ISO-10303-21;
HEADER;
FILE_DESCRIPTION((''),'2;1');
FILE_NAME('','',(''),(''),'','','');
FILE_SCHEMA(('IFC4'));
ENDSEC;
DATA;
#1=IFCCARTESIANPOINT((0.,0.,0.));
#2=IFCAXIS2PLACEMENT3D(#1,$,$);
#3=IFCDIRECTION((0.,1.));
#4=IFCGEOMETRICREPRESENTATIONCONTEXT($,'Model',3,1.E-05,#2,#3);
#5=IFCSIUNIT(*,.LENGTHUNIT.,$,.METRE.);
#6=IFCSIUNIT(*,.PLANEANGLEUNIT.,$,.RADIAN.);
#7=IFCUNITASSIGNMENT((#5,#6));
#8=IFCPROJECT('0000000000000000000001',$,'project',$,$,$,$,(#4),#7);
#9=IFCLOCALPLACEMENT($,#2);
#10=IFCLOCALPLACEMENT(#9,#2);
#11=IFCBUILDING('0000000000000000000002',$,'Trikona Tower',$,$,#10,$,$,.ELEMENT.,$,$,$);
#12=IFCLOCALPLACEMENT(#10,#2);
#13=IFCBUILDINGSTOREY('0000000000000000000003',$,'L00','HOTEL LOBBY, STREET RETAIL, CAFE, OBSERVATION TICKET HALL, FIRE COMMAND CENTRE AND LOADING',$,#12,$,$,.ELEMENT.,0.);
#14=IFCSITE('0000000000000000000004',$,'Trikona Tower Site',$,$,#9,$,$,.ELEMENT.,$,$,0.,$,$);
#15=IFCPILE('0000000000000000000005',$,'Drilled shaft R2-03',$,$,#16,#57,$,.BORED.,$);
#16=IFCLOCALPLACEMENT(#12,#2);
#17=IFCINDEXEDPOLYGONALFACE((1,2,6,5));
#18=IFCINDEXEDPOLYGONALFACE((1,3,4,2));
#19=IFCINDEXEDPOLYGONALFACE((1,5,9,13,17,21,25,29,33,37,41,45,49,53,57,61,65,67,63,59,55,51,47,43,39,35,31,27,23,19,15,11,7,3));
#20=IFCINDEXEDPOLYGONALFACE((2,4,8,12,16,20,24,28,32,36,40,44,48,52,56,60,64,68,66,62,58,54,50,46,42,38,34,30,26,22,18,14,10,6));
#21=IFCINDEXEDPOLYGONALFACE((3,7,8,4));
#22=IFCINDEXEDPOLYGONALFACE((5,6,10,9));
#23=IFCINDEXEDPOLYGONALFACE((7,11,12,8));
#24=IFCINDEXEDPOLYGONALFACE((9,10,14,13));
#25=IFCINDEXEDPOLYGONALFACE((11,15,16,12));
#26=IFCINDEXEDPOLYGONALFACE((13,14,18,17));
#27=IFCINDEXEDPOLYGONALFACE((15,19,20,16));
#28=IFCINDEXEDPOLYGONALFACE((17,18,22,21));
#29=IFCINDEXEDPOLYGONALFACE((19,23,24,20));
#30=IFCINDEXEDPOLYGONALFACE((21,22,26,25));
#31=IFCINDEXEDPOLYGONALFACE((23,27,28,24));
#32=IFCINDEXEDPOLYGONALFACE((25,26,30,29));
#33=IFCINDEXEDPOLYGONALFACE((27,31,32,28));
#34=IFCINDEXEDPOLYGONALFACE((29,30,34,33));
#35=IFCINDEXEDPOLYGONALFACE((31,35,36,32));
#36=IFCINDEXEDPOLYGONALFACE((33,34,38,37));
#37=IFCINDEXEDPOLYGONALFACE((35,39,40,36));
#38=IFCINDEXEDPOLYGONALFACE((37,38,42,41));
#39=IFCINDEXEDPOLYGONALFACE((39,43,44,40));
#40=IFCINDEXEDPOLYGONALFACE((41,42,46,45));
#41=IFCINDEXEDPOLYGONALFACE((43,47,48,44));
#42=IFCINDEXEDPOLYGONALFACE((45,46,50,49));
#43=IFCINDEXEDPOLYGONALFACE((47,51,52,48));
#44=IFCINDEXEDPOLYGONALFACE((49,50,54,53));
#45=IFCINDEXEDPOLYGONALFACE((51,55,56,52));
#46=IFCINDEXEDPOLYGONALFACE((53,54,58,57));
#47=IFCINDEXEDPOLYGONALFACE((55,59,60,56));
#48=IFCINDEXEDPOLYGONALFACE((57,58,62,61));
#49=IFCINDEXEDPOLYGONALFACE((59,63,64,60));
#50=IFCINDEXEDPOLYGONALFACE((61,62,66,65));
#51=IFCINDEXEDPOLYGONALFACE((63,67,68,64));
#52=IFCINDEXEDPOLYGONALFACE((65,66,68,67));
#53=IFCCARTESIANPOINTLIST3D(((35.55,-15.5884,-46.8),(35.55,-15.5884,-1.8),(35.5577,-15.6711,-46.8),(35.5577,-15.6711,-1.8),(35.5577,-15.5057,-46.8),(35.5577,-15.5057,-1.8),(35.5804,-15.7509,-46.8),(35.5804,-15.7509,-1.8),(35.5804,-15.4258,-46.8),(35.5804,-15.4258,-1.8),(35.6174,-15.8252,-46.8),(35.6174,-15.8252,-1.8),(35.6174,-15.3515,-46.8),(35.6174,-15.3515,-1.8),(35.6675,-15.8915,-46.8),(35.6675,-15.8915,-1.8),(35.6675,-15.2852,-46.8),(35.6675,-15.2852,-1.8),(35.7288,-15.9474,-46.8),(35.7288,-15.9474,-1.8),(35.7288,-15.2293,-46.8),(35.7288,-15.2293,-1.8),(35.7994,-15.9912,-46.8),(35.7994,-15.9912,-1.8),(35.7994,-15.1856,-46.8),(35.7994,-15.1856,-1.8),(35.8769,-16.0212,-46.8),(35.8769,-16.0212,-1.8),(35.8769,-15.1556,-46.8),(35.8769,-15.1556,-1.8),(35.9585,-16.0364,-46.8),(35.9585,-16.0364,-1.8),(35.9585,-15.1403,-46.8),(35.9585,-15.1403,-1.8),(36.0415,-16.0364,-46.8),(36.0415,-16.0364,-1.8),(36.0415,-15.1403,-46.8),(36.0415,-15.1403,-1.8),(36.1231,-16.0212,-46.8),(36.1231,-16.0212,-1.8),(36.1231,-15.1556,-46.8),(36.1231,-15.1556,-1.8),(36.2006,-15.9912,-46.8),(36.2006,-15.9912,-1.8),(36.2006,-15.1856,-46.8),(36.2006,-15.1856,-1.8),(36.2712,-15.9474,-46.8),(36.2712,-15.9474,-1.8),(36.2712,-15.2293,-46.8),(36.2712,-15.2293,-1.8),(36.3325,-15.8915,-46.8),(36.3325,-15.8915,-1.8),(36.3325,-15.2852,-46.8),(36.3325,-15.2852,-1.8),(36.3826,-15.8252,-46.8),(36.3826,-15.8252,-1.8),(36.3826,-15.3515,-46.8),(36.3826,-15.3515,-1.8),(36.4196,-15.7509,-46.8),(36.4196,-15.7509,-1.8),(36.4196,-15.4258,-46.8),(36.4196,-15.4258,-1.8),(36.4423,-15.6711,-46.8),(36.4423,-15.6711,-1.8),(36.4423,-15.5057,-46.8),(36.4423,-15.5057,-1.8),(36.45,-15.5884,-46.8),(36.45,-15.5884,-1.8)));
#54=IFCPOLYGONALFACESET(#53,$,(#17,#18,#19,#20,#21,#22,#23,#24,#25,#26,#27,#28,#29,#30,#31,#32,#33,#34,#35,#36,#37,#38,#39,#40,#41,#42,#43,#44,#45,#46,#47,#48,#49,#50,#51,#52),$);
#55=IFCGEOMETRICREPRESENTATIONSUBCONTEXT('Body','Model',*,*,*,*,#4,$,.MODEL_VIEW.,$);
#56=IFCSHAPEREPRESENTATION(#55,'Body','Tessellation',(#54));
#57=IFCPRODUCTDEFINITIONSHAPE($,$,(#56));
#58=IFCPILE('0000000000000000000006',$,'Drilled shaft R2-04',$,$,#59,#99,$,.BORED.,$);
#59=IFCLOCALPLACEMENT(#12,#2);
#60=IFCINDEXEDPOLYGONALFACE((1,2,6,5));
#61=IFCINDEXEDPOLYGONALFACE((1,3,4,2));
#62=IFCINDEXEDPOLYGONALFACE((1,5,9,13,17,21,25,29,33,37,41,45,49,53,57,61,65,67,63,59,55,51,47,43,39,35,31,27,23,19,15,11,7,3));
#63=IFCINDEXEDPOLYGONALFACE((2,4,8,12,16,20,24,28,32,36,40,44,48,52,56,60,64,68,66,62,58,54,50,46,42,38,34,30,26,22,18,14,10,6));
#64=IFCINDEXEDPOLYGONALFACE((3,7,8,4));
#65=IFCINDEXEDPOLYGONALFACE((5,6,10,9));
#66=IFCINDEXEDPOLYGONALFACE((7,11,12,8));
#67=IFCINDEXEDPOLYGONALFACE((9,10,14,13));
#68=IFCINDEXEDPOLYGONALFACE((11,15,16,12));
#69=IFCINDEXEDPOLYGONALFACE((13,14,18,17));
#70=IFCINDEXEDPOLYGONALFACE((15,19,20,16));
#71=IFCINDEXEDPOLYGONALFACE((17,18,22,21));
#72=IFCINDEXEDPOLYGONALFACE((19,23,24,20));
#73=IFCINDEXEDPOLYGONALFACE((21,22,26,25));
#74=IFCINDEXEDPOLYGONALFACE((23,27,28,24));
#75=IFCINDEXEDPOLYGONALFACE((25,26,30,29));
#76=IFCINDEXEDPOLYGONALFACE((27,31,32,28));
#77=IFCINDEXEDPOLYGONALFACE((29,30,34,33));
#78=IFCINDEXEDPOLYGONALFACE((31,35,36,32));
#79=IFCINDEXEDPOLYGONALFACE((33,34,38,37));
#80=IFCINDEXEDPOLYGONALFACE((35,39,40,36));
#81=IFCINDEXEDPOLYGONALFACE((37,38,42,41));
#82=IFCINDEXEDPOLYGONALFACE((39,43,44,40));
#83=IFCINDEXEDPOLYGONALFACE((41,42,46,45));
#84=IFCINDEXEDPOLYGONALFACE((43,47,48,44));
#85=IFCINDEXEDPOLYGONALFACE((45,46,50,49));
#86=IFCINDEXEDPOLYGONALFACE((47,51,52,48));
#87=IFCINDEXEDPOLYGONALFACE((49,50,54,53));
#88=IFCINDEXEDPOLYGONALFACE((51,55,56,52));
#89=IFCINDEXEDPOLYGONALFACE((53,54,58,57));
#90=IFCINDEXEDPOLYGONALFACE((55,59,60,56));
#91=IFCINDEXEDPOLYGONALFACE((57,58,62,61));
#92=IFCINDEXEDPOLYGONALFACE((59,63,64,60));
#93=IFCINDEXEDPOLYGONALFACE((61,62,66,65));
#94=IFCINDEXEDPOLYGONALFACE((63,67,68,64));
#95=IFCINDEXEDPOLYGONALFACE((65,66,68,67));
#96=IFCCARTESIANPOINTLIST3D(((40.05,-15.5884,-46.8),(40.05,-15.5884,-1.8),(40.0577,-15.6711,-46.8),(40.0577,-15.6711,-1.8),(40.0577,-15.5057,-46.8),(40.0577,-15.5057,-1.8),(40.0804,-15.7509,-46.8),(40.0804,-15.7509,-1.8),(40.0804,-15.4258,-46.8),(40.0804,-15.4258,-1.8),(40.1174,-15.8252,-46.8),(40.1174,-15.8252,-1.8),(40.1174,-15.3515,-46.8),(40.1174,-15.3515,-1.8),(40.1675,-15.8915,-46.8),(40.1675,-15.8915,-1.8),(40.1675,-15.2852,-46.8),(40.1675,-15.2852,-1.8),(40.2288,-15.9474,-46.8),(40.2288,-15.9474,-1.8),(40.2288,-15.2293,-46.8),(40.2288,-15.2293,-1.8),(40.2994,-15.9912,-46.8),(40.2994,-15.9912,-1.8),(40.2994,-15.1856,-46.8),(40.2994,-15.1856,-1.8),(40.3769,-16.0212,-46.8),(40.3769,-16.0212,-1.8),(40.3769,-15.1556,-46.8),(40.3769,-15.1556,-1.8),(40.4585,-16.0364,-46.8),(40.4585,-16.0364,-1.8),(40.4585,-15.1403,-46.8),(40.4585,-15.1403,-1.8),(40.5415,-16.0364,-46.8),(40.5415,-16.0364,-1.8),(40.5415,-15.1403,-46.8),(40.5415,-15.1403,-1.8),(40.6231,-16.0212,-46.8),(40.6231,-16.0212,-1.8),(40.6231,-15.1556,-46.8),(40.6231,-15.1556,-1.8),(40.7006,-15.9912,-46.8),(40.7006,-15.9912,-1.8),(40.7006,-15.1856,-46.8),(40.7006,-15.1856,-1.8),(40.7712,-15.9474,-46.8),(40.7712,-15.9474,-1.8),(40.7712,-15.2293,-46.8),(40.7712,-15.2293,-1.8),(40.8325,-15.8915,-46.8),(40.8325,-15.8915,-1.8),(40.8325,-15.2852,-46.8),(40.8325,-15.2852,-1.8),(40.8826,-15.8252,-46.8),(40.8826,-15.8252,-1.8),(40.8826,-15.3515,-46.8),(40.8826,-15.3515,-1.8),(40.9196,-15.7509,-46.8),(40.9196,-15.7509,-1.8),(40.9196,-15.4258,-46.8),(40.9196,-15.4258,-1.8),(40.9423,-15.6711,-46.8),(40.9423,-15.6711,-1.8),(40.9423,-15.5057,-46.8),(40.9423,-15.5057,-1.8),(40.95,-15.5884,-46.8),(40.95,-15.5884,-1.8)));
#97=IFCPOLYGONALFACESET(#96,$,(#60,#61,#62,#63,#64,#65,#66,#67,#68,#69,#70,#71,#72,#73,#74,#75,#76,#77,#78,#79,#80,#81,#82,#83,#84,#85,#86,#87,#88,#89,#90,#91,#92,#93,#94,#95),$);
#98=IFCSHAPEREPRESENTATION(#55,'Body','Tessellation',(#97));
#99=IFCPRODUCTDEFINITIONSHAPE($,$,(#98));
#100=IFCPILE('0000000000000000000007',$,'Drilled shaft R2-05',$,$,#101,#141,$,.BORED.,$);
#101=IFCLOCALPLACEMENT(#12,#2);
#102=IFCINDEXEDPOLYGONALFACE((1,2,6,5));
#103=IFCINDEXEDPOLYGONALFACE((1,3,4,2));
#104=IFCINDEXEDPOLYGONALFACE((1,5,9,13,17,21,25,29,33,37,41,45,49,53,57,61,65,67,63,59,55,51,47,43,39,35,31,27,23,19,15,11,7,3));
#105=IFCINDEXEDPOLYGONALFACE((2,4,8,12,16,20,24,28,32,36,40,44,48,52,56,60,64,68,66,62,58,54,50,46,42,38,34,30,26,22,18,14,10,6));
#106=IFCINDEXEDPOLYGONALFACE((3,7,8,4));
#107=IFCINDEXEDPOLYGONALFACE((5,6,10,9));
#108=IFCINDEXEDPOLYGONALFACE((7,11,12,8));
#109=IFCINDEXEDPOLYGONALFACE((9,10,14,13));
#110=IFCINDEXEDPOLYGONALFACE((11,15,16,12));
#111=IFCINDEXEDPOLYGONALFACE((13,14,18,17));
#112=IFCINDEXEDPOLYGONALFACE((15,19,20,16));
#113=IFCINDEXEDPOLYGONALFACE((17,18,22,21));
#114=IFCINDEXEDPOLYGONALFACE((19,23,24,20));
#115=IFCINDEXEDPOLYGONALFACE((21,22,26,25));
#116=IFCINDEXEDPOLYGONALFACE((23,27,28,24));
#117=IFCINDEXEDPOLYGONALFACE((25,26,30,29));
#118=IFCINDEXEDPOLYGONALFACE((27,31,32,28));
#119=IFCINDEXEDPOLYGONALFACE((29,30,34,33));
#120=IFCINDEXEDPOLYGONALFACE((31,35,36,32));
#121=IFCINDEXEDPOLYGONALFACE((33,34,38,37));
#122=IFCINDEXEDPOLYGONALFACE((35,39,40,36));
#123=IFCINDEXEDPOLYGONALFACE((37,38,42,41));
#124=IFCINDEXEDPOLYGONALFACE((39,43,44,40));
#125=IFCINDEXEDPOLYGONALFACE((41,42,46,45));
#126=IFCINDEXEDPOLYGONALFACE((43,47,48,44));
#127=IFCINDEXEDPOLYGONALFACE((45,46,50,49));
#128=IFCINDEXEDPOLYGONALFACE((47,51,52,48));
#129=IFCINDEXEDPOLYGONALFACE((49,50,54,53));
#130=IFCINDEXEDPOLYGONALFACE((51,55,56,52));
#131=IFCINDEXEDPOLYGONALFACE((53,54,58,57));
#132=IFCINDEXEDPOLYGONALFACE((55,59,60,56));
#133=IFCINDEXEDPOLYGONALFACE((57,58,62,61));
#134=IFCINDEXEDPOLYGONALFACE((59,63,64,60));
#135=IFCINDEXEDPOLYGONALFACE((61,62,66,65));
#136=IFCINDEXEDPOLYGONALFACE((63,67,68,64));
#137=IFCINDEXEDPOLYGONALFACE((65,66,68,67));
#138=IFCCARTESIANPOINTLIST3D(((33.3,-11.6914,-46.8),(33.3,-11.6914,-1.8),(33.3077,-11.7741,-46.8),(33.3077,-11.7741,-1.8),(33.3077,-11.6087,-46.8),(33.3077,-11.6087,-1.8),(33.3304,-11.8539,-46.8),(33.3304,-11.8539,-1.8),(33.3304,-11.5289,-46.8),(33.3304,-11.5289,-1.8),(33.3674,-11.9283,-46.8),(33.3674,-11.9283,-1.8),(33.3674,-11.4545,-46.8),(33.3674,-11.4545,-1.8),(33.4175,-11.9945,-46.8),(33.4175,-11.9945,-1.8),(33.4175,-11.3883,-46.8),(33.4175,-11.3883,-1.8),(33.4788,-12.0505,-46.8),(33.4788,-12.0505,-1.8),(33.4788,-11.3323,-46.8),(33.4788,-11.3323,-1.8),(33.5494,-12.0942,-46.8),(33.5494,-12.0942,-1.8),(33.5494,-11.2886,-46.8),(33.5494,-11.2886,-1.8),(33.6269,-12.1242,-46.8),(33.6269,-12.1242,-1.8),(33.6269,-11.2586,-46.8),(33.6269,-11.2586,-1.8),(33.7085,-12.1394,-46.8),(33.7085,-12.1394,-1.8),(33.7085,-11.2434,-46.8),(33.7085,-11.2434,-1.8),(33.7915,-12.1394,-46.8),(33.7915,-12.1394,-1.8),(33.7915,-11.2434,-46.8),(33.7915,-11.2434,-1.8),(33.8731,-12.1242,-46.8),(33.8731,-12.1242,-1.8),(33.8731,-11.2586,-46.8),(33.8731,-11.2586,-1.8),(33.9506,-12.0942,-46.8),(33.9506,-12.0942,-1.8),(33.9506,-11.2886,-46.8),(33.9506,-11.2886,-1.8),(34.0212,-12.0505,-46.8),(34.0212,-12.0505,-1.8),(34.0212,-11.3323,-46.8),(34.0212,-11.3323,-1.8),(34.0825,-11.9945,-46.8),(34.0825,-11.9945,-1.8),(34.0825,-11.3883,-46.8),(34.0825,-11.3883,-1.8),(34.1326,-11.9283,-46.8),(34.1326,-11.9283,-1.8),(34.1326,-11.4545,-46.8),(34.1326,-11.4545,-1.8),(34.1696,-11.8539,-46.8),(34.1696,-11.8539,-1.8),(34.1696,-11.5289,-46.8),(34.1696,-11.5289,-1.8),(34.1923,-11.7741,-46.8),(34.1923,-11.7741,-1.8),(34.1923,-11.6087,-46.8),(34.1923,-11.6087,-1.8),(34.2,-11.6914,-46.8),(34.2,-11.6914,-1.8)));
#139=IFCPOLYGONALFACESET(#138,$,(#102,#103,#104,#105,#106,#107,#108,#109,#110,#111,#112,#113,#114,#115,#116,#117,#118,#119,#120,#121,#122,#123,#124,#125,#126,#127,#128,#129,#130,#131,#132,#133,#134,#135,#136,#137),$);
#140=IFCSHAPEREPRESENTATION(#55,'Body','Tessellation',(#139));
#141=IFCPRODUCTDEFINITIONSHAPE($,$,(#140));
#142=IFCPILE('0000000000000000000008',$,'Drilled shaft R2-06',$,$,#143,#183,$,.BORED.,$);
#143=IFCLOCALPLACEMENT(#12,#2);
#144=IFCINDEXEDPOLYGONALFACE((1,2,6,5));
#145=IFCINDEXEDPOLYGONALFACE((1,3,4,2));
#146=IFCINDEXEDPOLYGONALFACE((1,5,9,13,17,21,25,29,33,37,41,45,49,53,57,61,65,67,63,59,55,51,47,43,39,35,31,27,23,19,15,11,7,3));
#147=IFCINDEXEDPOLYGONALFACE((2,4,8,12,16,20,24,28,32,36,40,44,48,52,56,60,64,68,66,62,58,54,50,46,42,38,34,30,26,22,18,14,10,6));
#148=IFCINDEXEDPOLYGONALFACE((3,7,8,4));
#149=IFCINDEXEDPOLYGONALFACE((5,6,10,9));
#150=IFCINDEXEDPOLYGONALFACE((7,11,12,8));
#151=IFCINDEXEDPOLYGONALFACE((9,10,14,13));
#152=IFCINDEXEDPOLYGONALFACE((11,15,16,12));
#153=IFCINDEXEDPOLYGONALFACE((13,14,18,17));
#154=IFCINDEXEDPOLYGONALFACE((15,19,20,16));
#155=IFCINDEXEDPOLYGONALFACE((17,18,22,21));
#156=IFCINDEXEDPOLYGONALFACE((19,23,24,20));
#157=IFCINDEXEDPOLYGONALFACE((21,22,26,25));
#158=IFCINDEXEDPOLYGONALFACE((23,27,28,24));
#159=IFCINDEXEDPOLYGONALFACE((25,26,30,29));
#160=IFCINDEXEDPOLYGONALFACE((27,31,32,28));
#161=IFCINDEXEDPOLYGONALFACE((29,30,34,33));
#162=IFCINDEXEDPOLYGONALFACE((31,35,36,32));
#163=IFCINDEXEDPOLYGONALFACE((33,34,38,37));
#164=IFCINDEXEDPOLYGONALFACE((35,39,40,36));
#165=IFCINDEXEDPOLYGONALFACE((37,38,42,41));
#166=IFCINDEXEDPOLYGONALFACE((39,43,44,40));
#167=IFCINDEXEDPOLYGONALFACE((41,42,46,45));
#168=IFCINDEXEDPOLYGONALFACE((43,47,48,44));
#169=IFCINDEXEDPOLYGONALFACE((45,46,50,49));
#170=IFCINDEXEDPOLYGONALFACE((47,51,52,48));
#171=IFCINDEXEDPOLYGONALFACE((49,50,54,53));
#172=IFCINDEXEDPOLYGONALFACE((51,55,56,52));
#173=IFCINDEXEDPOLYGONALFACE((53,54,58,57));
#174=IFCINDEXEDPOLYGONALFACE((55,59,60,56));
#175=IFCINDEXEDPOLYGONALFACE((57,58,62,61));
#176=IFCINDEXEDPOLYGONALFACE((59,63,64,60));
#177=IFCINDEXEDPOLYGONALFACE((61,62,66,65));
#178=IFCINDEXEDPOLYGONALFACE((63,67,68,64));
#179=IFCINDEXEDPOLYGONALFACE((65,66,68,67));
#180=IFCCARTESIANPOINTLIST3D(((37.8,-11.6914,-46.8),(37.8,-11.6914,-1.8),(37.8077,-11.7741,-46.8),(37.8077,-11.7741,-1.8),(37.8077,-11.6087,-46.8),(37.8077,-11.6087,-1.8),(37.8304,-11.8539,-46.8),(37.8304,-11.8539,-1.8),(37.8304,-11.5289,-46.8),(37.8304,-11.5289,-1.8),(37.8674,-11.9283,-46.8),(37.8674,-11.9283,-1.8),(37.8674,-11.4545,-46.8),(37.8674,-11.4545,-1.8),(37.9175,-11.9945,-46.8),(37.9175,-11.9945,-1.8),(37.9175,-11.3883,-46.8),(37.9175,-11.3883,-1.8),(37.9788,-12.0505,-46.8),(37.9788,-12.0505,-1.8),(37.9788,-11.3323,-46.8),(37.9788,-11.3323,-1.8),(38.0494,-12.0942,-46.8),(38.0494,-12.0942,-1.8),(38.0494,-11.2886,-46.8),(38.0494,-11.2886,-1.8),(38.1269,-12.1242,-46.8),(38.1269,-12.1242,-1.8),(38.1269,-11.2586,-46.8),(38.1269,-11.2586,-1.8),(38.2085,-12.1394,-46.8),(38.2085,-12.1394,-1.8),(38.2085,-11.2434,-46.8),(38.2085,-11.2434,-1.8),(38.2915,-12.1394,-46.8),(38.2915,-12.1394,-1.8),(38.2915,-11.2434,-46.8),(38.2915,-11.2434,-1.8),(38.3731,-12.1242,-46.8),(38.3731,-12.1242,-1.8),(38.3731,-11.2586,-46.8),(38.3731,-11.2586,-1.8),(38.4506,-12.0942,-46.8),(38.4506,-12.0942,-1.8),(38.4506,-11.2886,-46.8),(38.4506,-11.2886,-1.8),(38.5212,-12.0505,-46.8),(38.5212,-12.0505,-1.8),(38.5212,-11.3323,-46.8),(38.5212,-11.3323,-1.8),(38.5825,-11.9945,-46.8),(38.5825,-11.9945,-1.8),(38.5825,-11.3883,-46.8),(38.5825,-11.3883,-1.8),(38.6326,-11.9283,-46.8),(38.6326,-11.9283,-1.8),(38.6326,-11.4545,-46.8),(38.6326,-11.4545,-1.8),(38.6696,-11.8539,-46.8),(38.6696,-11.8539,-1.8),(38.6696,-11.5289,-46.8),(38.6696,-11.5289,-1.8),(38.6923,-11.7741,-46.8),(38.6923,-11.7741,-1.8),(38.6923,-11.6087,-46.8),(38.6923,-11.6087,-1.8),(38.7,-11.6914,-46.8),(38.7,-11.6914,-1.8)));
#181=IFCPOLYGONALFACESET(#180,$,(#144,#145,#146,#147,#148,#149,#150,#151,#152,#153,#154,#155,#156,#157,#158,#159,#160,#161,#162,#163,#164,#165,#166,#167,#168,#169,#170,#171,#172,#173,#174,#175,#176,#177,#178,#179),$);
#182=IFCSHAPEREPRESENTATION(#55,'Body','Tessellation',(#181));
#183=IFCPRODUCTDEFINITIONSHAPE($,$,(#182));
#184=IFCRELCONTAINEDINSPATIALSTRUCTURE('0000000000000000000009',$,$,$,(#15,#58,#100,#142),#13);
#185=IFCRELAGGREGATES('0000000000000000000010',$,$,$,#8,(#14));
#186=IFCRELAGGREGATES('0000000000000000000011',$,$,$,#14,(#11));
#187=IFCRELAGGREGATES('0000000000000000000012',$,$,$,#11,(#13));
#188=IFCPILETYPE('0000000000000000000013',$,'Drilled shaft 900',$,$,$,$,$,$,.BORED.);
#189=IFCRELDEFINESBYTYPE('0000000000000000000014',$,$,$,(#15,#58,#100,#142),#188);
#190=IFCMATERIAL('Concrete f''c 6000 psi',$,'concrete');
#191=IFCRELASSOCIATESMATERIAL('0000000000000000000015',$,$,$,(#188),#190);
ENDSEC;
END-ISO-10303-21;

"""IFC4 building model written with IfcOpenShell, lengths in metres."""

from ifc_helpers import new_model, si_unit, direction, frame, origin, origin_2d, place, context, subcontext, project, spatial, circle, extrude, material, type_object, element, save


model = new_model("IFC4")

# Units and contexts
model_context = context("Model", 3, precision=1e-05, world=origin(), true_north=direction((0.0, 1.0)))
body_context = subcontext(model_context, "Body", "Model", "MODEL_VIEW")
ifc_project = project(units=[si_unit("LENGTHUNIT", "METRE"), si_unit("PLANEANGLEUNIT", "RADIAN")], contexts=[model_context])

# Site, building, storey
site_placement = place(None, origin())
site = spatial("IfcSite", under=ifc_project, at=site_placement, Name="Trikona Tower Site", CompositionType="ELEMENT", RefElevation=0.0)
building_placement = place(site_placement, origin())
building = spatial("IfcBuilding", under=site, at=building_placement, Name="Trikona Tower", CompositionType="ELEMENT")
storey_placement = place(building_placement, origin())
storey = spatial("IfcBuildingStorey", under=building, at=storey_placement, Name="L00", Description="HOTEL LOBBY, STREET RETAIL, CAFE, OBSERVATION TICKET HALL, FIRE COMMAND CENTRE AND LOADING", CompositionType="ELEMENT", Elevation=0.0)

# Piles
ifc_material_1 = material(Name="Concrete f'c 6000 psi", Category="concrete")
pile_type = type_object("IfcPileType", Name="Drilled shaft 900", PredefinedType="BORED", material=ifc_material_1)
for number, where, z_axis, x_axis, name in (
    (1, (36.0, -15.5884, -1.8), (0.0, 0.0, -1.0), (1.0, 0.0, 0.0), "Drilled shaft R2-03"),
    (2, (40.5, -15.5884, -1.8), (0.0, 0.0, -1.0), (1.0, 0.0, 0.0), "Drilled shaft R2-04"),
    (3, (33.75, -11.6914, -1.8), (0.0, 0.0, -1.0), (1.0, 0.0, 0.0), "Drilled shaft R2-05"),
    (4, (38.25, -11.6914, -1.8), (0.0, 0.0, -1.0), (1.0, 0.0, 0.0), "Drilled shaft R2-06"),
):
    element("IfcPile", number, at=place(storey_placement, frame(where, z_axis=z_axis, x_axis=x_axis)), inside=storey, type_object=pile_type, Name=name, PredefinedType="BORED", context=body_context, shape_type="SweptSolid", body=[
        extrude(circle(Radius=0.45, at=origin_2d()), origin(), (0.0, 0.0, 1.0), 45.0),
    ])

save(model, "model.ifc")
